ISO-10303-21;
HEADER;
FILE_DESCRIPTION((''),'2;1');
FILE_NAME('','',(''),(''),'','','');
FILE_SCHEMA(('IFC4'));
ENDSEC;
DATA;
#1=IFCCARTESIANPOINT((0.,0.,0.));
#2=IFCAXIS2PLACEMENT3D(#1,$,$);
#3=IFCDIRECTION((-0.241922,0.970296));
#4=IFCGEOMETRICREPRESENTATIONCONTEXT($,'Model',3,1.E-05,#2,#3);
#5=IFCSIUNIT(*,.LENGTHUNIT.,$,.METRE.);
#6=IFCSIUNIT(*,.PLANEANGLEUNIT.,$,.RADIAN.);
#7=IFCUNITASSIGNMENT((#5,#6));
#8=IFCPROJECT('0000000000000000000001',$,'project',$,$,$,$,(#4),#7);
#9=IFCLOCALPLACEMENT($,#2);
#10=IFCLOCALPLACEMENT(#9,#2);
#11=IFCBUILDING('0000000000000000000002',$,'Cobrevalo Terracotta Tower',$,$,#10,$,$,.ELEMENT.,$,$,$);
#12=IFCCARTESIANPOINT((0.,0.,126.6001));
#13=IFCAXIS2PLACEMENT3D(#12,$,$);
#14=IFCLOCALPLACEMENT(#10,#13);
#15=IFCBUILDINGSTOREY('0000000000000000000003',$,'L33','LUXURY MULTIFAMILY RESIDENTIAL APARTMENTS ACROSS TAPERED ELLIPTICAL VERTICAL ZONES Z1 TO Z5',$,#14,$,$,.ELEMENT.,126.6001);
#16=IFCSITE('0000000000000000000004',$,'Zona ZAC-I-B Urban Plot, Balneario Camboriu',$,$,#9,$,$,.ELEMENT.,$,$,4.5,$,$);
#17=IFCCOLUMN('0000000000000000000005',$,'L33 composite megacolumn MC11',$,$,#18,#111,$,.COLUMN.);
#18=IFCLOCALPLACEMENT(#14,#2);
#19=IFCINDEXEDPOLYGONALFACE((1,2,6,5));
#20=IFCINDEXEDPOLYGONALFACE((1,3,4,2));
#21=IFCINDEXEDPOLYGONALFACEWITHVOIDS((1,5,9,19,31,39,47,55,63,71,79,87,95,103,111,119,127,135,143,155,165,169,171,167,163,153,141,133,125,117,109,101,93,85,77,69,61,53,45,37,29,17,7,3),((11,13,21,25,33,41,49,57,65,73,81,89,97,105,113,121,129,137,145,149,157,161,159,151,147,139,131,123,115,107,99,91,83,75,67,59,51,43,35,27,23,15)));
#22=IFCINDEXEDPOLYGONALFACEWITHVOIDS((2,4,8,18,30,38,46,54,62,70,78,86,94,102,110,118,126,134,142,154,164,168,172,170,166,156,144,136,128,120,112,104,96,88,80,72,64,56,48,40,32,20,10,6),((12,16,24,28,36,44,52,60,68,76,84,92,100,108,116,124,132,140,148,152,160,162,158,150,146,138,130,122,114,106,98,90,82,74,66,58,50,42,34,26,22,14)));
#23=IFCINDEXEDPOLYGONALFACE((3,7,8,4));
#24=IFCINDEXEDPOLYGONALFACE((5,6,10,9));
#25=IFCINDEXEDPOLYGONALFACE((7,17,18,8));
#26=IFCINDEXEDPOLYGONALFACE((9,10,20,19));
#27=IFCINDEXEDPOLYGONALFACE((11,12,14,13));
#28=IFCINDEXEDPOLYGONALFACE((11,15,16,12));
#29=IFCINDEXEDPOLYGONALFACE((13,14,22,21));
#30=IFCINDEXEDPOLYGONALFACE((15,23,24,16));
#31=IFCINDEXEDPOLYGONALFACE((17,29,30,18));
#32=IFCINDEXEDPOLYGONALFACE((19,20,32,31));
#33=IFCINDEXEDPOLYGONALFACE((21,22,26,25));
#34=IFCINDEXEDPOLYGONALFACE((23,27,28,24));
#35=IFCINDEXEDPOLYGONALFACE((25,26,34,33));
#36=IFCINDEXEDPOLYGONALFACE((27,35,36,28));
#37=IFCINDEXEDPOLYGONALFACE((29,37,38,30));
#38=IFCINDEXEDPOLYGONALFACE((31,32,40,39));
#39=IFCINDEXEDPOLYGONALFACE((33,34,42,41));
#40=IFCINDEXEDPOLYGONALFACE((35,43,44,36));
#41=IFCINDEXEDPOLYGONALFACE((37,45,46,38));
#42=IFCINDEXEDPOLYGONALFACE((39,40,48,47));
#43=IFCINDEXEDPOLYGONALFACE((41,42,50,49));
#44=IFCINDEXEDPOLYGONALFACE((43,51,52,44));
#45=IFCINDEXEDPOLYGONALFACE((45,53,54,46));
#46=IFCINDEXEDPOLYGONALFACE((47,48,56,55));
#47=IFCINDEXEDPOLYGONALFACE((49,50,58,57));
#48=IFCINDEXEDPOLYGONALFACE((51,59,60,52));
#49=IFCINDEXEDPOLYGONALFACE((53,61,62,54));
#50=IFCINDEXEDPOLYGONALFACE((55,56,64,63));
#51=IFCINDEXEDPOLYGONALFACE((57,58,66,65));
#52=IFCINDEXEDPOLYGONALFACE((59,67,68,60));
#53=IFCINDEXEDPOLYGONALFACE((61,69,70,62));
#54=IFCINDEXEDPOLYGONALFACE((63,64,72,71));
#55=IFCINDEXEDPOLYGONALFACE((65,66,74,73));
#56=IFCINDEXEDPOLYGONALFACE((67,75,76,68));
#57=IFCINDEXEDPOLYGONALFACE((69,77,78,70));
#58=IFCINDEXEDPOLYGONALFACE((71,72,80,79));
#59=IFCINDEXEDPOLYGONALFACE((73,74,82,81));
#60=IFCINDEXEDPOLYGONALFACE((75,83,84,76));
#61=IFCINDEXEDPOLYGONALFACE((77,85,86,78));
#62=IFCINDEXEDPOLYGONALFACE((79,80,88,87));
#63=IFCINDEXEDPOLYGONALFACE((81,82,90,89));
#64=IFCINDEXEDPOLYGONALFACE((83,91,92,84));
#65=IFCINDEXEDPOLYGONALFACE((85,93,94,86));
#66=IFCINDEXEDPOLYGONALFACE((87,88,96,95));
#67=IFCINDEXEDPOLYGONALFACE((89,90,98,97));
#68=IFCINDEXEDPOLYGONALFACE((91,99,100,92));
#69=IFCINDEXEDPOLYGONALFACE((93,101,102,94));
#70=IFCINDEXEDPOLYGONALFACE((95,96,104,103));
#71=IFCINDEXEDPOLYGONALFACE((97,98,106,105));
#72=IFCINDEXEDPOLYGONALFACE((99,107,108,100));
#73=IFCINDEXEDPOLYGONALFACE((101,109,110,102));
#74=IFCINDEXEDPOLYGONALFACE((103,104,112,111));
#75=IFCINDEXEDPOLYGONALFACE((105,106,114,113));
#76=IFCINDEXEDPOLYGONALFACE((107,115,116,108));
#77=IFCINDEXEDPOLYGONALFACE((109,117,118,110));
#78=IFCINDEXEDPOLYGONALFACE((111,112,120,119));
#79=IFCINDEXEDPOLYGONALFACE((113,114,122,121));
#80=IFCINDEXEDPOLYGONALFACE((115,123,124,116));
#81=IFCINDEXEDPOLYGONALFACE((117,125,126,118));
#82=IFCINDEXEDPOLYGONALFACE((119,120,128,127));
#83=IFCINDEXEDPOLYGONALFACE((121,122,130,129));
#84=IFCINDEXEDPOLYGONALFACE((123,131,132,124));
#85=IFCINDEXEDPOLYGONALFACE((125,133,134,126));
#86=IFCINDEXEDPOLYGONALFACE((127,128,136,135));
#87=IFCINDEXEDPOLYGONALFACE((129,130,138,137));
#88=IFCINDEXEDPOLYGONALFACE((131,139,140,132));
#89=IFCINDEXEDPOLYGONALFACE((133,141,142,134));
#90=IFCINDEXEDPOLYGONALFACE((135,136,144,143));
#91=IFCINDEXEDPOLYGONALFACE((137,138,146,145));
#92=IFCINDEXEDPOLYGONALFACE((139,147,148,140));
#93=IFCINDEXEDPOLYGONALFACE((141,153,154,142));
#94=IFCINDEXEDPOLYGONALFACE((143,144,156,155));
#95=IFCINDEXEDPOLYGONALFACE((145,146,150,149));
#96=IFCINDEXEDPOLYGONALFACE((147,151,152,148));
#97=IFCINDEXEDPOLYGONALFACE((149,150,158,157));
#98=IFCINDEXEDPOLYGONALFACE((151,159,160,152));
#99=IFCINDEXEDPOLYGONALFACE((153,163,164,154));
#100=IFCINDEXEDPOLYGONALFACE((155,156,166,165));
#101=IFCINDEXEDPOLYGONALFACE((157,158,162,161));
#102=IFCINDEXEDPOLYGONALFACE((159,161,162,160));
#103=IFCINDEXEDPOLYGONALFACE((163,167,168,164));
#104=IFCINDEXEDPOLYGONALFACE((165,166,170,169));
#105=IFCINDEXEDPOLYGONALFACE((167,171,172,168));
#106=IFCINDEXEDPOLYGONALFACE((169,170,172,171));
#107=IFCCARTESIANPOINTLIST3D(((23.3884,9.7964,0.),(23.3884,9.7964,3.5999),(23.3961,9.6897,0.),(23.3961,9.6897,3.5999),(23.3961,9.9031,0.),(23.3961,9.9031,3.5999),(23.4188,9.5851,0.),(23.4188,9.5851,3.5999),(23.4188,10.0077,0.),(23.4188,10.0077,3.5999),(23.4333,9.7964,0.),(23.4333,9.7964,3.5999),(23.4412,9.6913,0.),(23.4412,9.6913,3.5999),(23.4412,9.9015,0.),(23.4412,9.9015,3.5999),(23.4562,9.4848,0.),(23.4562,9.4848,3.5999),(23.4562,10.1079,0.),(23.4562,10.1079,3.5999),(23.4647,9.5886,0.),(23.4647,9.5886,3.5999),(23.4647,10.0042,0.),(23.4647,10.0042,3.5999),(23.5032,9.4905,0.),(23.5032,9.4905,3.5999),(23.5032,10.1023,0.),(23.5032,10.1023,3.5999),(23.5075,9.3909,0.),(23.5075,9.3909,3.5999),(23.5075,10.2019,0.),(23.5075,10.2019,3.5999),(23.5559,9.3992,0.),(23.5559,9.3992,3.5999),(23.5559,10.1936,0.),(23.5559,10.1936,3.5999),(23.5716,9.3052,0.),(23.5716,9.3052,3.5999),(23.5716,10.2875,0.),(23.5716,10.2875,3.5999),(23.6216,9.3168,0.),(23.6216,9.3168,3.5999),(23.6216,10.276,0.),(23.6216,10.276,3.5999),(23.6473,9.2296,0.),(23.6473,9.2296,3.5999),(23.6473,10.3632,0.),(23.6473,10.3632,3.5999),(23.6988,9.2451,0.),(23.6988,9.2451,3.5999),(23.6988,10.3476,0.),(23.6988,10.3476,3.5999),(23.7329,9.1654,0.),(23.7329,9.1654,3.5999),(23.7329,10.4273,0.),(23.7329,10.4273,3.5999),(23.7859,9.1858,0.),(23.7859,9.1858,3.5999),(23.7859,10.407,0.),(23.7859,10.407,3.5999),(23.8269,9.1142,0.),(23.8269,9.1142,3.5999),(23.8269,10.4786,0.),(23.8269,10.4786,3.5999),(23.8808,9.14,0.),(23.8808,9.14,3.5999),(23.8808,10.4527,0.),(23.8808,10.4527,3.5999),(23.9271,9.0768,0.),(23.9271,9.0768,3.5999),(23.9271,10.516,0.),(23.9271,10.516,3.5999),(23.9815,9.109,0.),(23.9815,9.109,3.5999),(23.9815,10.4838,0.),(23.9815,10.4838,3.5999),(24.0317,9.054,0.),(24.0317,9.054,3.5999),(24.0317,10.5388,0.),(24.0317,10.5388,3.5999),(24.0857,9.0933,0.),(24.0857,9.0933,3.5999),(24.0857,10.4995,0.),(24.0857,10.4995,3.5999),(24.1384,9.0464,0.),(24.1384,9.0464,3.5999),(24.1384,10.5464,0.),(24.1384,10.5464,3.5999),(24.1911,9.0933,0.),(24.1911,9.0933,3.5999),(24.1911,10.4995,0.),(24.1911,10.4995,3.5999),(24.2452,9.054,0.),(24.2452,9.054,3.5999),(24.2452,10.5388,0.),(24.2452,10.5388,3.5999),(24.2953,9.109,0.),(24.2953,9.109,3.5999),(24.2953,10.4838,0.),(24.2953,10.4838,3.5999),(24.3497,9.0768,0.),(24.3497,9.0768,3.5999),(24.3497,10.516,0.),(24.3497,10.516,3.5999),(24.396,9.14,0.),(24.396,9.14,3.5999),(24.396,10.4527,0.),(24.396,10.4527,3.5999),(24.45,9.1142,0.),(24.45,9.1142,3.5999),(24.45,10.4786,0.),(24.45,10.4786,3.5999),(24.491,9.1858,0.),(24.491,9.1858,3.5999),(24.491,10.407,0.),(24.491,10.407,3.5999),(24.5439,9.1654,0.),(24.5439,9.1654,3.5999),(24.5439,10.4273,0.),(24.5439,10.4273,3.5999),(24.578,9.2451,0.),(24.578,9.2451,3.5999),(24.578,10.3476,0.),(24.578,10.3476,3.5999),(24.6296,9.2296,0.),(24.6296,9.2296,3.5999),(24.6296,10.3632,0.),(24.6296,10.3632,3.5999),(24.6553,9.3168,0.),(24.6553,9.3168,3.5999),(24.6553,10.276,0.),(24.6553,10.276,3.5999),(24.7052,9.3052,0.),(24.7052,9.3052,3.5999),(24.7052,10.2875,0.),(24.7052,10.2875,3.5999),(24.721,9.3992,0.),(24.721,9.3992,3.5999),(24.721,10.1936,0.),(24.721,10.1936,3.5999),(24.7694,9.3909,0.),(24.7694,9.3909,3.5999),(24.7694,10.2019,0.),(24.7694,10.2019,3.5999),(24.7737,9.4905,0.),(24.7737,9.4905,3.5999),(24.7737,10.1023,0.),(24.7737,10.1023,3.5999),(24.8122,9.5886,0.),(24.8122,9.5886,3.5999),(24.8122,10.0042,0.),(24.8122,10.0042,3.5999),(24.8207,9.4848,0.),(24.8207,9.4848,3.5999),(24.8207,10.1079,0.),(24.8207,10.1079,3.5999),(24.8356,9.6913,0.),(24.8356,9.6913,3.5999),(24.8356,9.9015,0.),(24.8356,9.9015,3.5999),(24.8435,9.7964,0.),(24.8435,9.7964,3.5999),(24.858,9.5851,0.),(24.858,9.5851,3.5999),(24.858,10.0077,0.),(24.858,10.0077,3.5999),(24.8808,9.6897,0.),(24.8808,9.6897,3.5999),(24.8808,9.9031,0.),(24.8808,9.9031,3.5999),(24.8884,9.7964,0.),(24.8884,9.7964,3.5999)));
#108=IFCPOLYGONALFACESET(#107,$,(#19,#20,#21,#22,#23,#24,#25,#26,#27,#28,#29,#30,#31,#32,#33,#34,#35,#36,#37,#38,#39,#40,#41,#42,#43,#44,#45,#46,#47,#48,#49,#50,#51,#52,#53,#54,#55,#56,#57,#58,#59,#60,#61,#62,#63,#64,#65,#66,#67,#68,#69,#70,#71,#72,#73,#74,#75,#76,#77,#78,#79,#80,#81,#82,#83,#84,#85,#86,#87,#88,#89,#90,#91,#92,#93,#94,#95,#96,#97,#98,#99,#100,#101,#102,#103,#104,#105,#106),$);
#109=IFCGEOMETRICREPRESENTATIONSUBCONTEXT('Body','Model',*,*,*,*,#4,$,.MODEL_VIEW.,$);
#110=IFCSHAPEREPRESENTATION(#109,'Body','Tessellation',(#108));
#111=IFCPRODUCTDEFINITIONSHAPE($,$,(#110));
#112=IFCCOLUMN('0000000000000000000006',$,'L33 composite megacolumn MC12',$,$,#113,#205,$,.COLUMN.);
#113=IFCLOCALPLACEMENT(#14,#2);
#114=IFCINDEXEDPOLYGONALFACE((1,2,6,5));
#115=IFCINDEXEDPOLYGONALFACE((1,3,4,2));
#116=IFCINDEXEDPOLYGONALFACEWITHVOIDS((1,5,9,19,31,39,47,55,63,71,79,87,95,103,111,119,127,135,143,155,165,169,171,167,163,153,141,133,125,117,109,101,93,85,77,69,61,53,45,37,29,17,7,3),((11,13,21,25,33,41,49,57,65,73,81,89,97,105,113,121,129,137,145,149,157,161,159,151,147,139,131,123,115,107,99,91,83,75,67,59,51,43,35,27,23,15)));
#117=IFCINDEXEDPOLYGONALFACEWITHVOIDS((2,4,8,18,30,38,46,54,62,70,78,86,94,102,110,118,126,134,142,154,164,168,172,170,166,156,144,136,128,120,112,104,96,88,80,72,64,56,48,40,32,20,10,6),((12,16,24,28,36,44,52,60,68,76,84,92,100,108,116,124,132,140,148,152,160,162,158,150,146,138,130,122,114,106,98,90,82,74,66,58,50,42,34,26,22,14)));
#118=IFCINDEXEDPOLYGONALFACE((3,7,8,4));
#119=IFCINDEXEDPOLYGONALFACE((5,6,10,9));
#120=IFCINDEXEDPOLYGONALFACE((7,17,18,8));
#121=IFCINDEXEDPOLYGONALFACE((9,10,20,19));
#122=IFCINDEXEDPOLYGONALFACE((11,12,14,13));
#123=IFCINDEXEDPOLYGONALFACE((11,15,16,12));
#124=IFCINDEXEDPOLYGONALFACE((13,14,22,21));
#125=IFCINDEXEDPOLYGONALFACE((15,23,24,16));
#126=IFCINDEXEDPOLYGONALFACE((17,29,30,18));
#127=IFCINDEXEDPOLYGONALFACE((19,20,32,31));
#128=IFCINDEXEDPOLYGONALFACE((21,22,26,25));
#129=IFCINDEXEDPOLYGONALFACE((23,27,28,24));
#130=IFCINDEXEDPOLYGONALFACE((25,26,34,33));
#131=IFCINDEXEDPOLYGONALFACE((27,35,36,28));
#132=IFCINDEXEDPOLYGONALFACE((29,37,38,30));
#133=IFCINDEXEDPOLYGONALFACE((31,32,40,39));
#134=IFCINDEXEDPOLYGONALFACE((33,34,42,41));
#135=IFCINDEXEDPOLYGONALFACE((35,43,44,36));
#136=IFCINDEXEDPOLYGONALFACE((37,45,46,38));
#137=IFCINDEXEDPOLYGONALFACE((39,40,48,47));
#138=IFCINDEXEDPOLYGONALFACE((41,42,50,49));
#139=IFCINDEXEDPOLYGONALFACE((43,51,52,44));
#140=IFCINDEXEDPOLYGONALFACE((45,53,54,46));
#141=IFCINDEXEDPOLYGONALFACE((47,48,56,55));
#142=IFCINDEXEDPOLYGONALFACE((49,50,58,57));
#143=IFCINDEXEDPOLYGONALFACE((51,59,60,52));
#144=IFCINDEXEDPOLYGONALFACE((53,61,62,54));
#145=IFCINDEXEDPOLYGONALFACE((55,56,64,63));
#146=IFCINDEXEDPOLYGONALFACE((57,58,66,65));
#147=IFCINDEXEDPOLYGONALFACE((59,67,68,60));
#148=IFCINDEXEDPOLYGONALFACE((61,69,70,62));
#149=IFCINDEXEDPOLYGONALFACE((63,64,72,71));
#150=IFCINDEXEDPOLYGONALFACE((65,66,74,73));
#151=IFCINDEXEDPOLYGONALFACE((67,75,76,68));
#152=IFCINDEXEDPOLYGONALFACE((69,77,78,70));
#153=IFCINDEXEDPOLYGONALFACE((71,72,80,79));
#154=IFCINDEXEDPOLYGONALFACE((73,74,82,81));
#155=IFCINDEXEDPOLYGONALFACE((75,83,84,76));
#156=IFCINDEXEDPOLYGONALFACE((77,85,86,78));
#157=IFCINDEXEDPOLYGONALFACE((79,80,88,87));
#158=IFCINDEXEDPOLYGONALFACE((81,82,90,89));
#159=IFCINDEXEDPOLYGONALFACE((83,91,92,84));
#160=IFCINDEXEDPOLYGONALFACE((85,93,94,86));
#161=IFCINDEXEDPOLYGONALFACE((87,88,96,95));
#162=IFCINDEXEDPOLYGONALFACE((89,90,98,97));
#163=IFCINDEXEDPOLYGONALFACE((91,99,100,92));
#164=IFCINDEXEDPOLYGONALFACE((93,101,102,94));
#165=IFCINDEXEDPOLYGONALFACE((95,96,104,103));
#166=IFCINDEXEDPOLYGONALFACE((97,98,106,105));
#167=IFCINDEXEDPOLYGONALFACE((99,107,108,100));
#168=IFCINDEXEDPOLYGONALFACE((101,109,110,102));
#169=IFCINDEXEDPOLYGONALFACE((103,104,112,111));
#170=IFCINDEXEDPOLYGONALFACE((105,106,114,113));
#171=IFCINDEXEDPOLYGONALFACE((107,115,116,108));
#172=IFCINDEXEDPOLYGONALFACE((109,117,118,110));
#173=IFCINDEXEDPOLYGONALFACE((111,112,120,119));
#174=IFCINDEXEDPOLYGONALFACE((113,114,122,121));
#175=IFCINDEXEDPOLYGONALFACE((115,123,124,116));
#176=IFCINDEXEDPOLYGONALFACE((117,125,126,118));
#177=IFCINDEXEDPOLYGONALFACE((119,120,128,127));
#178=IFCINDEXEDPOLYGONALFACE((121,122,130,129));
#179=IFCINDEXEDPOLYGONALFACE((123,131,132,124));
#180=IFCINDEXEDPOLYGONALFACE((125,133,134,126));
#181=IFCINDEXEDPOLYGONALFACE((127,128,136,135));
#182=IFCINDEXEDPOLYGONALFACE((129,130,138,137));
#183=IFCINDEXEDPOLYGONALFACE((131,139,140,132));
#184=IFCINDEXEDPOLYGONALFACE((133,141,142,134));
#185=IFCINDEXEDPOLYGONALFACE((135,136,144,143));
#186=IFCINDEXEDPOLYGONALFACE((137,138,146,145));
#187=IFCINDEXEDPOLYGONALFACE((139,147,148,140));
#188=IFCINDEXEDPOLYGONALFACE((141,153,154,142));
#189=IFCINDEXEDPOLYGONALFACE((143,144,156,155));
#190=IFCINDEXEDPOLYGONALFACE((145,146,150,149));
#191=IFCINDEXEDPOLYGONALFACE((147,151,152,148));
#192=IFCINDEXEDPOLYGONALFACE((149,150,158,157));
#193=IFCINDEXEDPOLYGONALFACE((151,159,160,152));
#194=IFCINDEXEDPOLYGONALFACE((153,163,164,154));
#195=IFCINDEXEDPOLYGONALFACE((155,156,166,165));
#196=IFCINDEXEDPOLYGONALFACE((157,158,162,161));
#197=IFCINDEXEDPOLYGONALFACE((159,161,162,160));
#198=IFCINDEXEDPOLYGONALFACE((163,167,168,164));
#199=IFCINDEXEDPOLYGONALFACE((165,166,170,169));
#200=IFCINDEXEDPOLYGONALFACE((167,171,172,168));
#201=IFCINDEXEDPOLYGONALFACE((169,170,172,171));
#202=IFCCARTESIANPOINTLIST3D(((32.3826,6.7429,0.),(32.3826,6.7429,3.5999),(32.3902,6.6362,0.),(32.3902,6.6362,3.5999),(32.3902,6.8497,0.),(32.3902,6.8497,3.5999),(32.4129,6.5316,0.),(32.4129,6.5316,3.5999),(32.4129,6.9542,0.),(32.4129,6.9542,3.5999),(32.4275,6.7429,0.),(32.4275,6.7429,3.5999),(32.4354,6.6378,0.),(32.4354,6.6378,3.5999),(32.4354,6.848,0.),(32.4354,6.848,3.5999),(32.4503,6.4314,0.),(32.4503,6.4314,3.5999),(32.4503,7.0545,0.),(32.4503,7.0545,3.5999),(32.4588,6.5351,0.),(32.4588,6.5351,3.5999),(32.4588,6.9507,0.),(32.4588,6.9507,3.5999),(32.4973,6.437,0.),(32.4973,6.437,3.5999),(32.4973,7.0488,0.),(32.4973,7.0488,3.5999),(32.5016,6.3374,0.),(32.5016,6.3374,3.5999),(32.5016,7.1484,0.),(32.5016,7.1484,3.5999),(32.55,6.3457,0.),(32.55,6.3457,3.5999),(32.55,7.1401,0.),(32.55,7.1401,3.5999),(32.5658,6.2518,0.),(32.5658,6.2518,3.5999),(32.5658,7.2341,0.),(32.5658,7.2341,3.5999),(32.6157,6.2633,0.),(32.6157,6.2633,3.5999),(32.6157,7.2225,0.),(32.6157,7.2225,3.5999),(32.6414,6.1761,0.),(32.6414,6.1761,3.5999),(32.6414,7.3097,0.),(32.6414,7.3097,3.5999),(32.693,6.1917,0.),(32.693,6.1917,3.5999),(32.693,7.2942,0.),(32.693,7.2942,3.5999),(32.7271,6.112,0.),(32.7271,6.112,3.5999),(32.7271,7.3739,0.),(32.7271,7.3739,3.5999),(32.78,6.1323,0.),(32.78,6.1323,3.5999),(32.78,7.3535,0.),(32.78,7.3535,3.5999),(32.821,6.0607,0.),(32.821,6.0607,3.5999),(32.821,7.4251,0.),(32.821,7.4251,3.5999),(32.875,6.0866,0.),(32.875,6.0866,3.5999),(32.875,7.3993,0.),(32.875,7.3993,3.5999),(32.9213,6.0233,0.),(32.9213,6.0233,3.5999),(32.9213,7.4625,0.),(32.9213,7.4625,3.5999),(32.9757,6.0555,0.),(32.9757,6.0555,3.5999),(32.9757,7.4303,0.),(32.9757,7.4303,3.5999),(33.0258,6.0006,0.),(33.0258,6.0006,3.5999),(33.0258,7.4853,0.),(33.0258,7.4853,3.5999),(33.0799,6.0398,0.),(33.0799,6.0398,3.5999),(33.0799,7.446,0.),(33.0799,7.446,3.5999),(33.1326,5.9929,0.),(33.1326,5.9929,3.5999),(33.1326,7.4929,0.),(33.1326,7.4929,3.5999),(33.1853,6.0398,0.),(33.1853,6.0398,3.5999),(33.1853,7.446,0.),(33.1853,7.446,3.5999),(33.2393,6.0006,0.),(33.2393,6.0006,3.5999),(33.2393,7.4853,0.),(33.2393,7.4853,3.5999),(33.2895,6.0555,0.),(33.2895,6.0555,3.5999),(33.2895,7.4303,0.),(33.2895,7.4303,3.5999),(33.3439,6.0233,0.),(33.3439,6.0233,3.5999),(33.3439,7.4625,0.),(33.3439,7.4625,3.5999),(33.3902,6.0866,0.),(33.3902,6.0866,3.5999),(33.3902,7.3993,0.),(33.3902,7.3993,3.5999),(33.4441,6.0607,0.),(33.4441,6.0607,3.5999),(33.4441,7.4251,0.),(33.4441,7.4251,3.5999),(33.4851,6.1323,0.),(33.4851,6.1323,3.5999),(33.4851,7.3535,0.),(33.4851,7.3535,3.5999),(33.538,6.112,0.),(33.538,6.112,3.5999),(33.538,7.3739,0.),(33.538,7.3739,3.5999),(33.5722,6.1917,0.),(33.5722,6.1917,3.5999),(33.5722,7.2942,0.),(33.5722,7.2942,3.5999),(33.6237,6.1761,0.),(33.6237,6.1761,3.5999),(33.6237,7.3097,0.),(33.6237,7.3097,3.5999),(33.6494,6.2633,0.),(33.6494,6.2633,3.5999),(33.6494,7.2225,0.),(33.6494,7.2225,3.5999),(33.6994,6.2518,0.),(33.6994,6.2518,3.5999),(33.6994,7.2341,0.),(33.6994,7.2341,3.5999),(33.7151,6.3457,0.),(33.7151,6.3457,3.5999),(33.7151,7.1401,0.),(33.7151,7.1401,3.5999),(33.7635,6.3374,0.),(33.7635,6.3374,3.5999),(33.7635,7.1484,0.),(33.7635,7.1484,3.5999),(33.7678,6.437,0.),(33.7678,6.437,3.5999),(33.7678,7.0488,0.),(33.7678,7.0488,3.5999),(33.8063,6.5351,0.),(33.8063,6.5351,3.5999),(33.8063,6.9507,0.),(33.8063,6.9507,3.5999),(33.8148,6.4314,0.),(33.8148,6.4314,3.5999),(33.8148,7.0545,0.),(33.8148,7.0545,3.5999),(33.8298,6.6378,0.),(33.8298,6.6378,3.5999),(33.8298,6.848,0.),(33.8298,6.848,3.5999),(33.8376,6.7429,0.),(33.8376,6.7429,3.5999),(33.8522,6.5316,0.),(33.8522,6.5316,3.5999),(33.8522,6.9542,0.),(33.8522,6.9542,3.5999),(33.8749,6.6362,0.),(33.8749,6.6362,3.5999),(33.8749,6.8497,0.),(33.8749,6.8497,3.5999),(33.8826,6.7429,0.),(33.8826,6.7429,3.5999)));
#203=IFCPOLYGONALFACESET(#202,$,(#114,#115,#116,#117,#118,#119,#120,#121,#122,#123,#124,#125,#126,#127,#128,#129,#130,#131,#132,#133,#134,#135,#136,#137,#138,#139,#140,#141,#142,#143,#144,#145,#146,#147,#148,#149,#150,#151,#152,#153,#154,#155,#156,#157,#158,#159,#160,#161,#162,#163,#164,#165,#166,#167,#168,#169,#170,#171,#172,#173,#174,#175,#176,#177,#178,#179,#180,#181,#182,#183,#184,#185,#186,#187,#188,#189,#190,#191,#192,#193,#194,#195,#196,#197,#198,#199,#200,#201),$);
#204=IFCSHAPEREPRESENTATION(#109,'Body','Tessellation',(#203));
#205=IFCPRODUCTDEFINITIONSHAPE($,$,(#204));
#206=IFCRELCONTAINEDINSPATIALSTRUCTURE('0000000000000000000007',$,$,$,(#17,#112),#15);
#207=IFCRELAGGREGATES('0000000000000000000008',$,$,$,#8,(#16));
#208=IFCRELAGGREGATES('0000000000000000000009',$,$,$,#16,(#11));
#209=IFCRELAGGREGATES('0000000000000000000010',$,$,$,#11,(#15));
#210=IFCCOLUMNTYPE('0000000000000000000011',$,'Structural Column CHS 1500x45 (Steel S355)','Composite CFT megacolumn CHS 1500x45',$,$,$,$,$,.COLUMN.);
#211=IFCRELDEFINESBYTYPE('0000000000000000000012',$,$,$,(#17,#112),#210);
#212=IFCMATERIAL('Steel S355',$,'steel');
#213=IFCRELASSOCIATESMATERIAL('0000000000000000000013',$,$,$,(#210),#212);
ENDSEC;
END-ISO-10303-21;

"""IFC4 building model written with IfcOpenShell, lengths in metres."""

from ifc_helpers import new_model, si_unit, direction, frame, origin, origin_2d, place, context, subcontext, project, spatial, hollow_circle, extrude, material, material_profile, profile_set, type_object, element, save


model = new_model("IFC4")

# Units and contexts
model_context = context("Model", 3, precision=1e-05, world=origin(), true_north=direction((-0.241922, 0.970296)))
body_context = subcontext(model_context, "Body", "Model", "MODEL_VIEW")
ifc_project = project(units=[si_unit("LENGTHUNIT", "METRE"), si_unit("PLANEANGLEUNIT", "RADIAN")], contexts=[model_context])

# Site, building, storey
site_placement = place(None, origin())
site = spatial("IfcSite", under=ifc_project, at=site_placement, Name="Zona ZAC-I-B Urban Plot, Balneario Camboriu", CompositionType="ELEMENT", RefElevation=4.5)
building_placement = place(site_placement, origin())
building = spatial("IfcBuilding", under=site, at=building_placement, Name="Cobrevalo Terracotta Tower", CompositionType="ELEMENT")
storey_placement = place(building_placement, frame((0.0, 0.0, 126.6001)))
storey = spatial("IfcBuildingStorey", under=building, at=storey_placement, Name="L33", Description="LUXURY MULTIFAMILY RESIDENTIAL APARTMENTS ACROSS TAPERED ELLIPTICAL VERTICAL ZONES Z1 TO Z5", CompositionType="ELEMENT", Elevation=126.6001)

# Columns
ifc_material_1 = material(Name="Steel S355", Category="steel")
ifc_material_profile_1 = material_profile(ifc_material_1, hollow_circle(Radius=0.75, WallThickness=0.0449, at=origin_2d()), Name="CHS 1500x45")
ifc_profile_set_1 = profile_set([ifc_material_profile_1], Name="Steel S355")
column_type = type_object("IfcColumnType", Name="Structural Column CHS 1500x45 (Steel S355)", Description="Composite CFT megacolumn CHS 1500x45", PredefinedType="COLUMN", material=ifc_profile_set_1)
for number, where, z_axis, x_axis, name in (
    (1, (24.1384, 9.7964, 0.0), (0.0, 0.0, 1.0), (1.0, 0.0, 0.0), "L33 composite megacolumn MC11"),
    (2, (33.1326, 6.7429, 0.0), (0.0, 0.0, 1.0), (1.0, 0.0, 0.0), "L33 composite megacolumn MC12"),
):
    element("IfcColumn", number, at=place(storey_placement, frame(where, z_axis=z_axis, x_axis=x_axis)), inside=storey, type_object=column_type, Name=name, PredefinedType="COLUMN", context=body_context, shape_type="SweptSolid", body=[
        extrude(hollow_circle(Radius=0.75, WallThickness=0.0449, at=origin_2d()), origin(), (0.0, 0.0, 1.0), 3.5999),
    ])

save(model, "model.ifc")
